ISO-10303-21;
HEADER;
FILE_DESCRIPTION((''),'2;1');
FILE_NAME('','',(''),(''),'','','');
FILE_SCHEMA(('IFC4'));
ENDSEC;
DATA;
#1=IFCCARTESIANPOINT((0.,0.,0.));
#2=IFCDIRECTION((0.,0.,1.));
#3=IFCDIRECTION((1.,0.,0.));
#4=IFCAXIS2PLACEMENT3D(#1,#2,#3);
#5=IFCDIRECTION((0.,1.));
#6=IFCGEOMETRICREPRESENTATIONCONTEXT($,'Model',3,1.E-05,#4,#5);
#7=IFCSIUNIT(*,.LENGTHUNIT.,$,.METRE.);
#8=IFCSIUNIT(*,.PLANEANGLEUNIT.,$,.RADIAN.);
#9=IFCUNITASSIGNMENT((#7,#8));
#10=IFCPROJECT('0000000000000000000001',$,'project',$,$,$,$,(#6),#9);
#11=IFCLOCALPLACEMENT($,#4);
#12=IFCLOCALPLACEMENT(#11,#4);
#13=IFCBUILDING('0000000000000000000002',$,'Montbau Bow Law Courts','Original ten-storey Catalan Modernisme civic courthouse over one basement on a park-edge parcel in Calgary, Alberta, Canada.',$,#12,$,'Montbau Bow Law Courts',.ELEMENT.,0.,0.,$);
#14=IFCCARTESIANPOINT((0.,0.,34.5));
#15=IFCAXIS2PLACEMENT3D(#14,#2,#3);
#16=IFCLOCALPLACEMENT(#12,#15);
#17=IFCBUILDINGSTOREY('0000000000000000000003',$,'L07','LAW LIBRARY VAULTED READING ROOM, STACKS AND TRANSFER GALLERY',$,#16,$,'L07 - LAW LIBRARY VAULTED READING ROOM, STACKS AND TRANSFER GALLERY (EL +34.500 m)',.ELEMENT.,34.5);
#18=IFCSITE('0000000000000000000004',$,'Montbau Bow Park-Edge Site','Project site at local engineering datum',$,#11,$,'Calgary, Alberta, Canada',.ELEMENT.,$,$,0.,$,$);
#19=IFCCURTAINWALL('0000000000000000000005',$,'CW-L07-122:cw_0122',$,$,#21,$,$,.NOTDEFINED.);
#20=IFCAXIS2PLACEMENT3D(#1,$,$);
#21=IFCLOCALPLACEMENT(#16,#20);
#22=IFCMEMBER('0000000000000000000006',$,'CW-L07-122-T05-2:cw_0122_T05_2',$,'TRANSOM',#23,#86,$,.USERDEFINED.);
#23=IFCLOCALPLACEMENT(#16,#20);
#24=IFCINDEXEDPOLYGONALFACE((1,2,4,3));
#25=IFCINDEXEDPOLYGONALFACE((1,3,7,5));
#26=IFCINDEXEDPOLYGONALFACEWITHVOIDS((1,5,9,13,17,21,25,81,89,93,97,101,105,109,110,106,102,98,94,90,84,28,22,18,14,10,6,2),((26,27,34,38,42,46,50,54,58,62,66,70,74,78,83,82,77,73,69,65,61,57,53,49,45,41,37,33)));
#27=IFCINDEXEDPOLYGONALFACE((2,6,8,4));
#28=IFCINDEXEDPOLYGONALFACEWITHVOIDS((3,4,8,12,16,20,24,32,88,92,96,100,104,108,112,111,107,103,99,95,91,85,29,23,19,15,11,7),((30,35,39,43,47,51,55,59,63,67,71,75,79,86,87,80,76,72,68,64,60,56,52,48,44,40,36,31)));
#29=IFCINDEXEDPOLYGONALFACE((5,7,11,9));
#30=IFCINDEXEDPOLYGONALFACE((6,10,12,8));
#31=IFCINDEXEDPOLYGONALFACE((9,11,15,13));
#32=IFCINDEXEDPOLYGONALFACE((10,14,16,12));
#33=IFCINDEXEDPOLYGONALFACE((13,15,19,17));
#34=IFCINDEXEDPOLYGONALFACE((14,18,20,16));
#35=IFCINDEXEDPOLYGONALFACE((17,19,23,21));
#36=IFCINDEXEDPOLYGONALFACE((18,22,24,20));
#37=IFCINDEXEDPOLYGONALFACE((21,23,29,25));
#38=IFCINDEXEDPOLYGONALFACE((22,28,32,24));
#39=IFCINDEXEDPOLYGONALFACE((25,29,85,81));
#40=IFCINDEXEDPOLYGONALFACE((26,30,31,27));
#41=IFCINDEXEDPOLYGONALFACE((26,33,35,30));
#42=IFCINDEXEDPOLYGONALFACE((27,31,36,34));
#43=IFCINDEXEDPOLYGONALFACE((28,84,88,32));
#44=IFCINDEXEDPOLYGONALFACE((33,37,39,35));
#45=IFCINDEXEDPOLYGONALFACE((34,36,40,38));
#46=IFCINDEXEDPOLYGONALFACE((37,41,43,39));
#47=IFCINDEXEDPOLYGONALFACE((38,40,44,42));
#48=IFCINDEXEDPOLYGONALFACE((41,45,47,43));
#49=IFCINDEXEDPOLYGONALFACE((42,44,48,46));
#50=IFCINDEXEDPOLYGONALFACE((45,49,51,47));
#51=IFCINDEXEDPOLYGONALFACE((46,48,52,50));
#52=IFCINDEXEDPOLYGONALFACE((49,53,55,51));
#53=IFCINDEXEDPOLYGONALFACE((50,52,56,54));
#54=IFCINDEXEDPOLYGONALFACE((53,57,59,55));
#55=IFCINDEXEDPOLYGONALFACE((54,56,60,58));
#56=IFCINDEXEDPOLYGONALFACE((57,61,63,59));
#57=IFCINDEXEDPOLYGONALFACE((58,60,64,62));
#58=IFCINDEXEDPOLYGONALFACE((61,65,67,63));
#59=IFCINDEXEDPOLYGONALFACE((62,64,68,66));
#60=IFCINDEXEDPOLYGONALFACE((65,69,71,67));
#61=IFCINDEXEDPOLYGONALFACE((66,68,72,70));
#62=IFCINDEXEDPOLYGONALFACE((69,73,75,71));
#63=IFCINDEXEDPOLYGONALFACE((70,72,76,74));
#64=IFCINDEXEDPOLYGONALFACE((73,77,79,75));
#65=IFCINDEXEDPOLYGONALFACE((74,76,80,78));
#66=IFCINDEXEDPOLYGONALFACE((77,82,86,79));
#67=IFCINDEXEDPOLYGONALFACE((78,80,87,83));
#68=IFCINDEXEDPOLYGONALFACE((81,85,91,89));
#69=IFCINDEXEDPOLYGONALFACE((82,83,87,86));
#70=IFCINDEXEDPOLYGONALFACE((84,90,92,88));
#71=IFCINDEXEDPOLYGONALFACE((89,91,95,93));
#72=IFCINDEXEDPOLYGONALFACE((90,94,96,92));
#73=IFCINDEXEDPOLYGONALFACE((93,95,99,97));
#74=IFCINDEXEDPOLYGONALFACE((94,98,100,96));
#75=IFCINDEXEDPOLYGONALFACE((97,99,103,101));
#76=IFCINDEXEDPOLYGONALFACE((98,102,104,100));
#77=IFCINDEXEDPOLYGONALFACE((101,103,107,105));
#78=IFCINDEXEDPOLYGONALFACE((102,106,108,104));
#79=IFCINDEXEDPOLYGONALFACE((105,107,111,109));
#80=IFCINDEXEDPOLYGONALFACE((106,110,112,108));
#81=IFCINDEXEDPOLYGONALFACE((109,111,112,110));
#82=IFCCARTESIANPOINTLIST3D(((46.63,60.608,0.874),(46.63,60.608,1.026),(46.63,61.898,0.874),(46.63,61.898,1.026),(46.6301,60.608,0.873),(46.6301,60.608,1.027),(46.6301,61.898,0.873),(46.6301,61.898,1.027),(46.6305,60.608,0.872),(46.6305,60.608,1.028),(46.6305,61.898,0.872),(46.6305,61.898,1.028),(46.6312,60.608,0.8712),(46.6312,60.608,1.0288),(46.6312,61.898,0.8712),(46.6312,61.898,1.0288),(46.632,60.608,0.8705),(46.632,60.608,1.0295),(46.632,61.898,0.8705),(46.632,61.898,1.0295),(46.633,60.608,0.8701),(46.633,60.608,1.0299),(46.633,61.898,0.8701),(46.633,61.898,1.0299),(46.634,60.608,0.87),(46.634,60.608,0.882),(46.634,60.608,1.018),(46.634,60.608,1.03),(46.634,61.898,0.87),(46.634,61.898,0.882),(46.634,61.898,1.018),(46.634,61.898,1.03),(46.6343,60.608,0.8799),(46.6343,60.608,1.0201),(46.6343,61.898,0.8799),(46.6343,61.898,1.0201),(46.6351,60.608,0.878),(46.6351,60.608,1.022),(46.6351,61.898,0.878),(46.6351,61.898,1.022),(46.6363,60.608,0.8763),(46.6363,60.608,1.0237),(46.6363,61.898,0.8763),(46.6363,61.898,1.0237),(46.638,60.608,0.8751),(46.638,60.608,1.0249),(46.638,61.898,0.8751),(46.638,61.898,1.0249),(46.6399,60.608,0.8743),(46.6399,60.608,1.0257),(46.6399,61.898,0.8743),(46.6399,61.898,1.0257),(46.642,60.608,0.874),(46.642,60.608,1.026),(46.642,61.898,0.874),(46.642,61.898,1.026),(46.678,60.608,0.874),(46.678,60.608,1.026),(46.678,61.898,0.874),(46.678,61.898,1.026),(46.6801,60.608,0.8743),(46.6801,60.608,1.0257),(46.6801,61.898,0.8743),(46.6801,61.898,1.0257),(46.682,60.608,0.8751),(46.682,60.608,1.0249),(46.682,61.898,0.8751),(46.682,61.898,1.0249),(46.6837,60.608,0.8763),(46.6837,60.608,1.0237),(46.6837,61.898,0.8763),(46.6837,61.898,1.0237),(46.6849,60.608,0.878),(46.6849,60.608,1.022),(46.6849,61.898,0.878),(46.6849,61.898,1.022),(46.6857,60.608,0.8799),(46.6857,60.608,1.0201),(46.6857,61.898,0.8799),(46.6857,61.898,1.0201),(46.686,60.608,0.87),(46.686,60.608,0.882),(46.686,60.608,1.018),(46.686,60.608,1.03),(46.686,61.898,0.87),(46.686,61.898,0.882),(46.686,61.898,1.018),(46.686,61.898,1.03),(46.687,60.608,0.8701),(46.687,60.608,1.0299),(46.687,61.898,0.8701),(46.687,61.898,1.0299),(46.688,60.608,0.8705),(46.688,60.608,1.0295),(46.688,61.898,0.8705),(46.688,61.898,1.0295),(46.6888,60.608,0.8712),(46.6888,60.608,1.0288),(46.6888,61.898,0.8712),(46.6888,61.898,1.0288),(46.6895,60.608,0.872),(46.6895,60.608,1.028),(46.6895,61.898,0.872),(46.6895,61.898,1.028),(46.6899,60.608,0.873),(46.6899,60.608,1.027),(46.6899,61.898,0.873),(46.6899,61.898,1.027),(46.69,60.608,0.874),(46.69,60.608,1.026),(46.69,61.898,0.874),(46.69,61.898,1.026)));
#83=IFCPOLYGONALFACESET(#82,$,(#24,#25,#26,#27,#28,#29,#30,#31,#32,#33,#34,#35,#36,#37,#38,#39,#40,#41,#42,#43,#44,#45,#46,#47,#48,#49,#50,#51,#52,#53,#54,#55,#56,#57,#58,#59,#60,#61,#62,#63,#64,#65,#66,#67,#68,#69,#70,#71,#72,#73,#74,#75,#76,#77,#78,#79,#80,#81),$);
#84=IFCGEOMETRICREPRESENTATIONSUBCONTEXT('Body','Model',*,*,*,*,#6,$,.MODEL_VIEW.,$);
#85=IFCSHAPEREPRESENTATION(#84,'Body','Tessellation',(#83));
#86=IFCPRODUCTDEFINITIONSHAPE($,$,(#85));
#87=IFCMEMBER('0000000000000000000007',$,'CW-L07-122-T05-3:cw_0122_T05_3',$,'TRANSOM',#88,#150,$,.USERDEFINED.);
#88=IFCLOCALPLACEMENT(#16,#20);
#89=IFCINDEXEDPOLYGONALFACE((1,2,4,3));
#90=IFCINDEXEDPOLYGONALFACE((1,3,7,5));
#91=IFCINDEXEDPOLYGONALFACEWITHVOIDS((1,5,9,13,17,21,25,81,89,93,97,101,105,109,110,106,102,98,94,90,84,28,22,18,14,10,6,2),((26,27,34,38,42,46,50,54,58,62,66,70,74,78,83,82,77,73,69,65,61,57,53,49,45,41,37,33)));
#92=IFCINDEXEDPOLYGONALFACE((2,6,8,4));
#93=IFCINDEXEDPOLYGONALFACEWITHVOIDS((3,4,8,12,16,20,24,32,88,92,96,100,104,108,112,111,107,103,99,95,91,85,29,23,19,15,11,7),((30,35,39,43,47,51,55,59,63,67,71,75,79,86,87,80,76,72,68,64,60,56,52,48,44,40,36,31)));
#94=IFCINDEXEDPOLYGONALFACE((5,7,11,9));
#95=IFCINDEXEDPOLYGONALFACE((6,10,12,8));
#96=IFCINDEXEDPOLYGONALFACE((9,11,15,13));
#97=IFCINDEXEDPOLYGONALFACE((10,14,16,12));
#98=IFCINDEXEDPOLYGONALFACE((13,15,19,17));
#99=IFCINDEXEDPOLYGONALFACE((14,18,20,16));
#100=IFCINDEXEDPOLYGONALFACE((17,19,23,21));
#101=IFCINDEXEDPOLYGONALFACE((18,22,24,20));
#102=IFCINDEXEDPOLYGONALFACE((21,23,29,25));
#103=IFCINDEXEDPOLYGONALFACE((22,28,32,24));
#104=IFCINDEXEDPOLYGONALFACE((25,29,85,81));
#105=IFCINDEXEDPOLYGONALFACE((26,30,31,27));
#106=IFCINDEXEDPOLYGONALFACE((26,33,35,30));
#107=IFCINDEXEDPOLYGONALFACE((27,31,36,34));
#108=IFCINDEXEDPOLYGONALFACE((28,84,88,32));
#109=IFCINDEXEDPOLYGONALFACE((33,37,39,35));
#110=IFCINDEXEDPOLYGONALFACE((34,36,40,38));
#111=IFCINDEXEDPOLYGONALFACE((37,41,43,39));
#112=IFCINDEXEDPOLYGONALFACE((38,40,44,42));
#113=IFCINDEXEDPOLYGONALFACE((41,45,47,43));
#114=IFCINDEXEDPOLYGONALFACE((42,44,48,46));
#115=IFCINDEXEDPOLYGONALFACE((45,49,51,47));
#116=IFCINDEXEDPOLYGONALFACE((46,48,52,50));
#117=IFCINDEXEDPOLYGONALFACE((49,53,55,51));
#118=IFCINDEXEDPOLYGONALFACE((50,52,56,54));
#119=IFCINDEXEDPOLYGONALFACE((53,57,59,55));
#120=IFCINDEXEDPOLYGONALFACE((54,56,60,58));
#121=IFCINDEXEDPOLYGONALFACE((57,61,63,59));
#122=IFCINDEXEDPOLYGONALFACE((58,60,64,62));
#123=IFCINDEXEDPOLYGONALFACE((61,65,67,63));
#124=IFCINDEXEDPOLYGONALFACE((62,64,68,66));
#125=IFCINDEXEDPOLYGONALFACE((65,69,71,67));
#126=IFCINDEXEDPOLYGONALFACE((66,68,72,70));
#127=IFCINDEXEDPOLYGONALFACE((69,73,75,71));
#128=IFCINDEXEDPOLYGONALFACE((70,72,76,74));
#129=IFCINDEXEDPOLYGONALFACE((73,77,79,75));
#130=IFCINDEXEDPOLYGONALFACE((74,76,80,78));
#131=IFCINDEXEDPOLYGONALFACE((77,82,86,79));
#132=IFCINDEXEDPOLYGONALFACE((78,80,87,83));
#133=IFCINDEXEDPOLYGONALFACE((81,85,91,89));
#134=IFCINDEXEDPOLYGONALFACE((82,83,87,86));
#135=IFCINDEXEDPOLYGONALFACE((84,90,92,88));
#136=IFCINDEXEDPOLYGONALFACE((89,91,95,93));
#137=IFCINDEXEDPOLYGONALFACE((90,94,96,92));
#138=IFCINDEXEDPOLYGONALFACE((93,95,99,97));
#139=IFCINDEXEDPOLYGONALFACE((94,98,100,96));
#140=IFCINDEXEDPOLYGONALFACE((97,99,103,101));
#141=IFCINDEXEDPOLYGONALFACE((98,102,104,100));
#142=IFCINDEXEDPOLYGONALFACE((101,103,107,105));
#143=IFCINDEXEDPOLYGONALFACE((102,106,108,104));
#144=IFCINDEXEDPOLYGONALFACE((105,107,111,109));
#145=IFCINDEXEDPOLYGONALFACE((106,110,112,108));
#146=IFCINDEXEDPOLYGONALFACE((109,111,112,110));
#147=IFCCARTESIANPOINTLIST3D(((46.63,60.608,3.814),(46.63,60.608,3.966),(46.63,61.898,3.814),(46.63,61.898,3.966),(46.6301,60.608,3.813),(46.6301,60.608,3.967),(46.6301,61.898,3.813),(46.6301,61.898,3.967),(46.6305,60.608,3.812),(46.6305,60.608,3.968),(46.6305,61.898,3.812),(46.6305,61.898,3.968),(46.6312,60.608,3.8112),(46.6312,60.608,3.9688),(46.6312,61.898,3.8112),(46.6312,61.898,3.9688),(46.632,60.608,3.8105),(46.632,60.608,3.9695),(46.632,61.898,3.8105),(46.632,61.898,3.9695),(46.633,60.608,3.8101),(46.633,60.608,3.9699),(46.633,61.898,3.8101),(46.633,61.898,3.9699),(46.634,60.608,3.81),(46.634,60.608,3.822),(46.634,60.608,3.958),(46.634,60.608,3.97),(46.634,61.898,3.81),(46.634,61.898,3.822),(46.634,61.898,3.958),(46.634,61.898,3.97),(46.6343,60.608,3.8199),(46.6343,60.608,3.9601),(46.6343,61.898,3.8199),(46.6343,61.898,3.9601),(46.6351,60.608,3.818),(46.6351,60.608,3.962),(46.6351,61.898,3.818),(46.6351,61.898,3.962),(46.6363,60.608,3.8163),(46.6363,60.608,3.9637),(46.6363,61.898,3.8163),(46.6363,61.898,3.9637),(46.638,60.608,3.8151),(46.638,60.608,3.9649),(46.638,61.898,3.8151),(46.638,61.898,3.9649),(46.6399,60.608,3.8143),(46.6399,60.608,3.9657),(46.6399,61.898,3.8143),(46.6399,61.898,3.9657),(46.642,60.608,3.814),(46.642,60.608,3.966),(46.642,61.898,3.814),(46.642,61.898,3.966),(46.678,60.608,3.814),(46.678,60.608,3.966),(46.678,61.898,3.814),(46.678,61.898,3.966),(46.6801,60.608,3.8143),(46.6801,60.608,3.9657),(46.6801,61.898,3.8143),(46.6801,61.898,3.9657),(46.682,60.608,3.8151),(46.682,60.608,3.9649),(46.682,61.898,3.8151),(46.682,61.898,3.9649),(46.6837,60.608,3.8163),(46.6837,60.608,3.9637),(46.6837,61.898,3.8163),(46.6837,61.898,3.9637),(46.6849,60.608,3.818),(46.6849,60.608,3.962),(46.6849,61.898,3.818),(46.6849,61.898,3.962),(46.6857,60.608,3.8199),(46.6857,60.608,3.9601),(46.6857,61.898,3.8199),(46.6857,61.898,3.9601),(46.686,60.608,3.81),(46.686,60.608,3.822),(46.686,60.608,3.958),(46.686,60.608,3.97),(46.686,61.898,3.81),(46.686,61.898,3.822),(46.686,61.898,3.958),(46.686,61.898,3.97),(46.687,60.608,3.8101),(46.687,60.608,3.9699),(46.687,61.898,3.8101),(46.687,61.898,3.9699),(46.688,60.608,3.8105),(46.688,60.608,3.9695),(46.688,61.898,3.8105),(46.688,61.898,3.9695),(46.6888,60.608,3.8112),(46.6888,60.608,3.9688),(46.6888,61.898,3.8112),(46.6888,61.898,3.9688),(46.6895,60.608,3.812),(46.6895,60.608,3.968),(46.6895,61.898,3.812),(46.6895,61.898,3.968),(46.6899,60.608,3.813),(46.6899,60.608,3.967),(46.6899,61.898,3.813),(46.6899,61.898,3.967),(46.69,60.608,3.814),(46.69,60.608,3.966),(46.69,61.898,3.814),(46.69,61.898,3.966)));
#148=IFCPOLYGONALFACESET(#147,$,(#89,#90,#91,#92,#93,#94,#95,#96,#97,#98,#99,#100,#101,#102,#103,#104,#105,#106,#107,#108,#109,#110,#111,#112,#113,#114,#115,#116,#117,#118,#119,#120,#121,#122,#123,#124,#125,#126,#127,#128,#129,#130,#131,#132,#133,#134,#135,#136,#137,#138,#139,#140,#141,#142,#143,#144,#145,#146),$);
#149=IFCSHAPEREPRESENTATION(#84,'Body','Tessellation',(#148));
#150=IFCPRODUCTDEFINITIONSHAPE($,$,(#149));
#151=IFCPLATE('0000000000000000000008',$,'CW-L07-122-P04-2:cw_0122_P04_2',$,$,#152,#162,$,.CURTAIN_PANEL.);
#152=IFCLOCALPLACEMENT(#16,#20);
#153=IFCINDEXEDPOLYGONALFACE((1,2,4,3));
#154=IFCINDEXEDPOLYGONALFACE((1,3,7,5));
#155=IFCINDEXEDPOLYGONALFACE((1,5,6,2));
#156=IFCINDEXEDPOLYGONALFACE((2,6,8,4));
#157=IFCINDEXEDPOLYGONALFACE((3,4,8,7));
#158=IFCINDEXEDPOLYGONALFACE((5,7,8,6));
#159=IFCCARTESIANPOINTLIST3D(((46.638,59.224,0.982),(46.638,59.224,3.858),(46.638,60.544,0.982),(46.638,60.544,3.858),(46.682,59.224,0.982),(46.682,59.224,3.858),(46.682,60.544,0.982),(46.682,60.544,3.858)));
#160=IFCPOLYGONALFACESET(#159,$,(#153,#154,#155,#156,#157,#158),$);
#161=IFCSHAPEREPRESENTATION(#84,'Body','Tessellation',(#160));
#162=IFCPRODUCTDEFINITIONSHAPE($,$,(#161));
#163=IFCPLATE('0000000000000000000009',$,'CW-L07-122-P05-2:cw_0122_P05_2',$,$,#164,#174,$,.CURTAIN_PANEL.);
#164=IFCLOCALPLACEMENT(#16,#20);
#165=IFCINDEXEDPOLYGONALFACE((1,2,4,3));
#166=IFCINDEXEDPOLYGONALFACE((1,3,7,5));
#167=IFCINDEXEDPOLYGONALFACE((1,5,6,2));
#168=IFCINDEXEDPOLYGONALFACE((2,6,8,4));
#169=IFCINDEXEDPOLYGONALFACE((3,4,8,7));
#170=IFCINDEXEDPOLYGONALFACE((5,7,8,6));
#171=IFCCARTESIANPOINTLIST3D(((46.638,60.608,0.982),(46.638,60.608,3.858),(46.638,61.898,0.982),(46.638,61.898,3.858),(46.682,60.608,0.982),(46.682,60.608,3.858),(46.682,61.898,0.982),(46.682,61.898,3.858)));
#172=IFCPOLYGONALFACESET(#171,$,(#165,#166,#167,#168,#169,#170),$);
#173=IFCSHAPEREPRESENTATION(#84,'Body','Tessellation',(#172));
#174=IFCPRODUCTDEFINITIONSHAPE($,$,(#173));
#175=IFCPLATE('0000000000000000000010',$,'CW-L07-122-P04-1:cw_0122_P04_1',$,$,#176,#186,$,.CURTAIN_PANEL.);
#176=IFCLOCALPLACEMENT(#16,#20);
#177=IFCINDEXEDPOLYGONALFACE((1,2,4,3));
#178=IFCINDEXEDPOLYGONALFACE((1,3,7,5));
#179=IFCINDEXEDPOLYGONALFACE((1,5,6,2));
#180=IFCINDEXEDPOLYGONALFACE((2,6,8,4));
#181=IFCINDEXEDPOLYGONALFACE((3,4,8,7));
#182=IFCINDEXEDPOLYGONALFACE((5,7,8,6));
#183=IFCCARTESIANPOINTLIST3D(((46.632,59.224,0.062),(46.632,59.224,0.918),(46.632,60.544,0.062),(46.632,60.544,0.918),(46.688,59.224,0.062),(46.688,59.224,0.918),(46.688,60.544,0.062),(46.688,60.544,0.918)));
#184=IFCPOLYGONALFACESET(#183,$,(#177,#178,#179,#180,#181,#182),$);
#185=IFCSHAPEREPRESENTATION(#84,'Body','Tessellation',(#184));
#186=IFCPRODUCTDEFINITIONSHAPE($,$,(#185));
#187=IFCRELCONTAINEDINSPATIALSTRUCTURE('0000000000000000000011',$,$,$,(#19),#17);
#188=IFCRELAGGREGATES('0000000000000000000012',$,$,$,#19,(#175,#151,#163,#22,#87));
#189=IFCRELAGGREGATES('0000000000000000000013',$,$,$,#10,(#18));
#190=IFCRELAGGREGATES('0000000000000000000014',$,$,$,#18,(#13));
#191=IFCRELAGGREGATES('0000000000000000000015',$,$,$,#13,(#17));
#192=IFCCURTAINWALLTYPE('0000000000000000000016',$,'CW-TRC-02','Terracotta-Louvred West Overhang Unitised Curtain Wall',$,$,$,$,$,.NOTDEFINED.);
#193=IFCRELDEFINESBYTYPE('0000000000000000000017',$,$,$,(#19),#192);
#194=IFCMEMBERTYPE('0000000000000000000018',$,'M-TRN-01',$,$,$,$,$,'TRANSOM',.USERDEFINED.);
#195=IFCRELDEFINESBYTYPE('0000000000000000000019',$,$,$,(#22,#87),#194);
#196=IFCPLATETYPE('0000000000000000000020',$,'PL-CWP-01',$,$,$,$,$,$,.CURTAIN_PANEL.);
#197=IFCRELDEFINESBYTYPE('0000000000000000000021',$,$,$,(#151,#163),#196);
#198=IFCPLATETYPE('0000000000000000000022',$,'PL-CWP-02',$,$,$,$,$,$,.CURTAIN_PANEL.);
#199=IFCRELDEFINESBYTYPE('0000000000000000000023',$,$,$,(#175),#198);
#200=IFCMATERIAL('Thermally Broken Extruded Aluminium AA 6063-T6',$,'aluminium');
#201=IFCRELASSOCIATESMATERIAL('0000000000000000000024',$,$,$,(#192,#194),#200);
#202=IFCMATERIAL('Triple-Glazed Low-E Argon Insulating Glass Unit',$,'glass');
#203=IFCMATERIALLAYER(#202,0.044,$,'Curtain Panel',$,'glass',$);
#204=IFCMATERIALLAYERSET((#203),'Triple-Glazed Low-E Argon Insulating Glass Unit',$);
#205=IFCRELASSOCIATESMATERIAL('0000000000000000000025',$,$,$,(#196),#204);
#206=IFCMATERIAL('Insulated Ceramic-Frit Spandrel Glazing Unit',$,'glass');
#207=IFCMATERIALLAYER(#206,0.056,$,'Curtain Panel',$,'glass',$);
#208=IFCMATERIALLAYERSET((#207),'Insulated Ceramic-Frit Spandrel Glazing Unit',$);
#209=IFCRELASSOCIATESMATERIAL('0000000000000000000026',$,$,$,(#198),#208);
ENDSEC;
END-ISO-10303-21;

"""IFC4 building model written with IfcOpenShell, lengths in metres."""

from ifc_helpers import new_model, si_unit, direction, frame, frame_2d, origin_with_axes, origin_2d_with_axis, place, context, subcontext, project, spatial, rectangle, hollow_rectangle, extrude, material, layer, layer_set, material_profile, profile_set, type_object, element, aggregate, save


model = new_model("IFC4")

# Units and contexts
model_context = context("Model", 3, precision=1e-05, world=origin_with_axes(), true_north=direction((0.0, 1.0)))
body_context = subcontext(model_context, "Body", "Model", "MODEL_VIEW")
ifc_project = project(units=[si_unit("LENGTHUNIT", "METRE"), si_unit("PLANEANGLEUNIT", "RADIAN")], contexts=[model_context])

# Site, building, storey
site_placement = place(None, origin_with_axes())
site = spatial("IfcSite", under=ifc_project, at=site_placement, Name="Montbau Bow Park-Edge Site", Description="Project site at local engineering datum", LongName="Calgary, Alberta, Canada", CompositionType="ELEMENT", RefElevation=0.0)
building_placement = place(site_placement, origin_with_axes())
building = spatial("IfcBuilding", under=site, at=building_placement, Name="Montbau Bow Law Courts", Description="Original ten-storey Catalan Modernisme civic courthouse over one basement on a park-edge parcel in Calgary, Alberta, Canada.", LongName="Montbau Bow Law Courts", CompositionType="ELEMENT", ElevationOfRefHeight=0.0, ElevationOfTerrain=0.0)
storey_placement = place(building_placement, frame((0.0, 0.0, 34.5), z_axis=(0.0, 0.0, 1.0), x_axis=(1.0, 0.0, 0.0)))
storey = spatial("IfcBuildingStorey", under=building, at=storey_placement, Name="L07", Description="LAW LIBRARY VAULTED READING ROOM, STACKS AND TRANSFER GALLERY", LongName="L07 - LAW LIBRARY VAULTED READING ROOM, STACKS AND TRANSFER GALLERY (EL +34.500 m)", CompositionType="ELEMENT", Elevation=34.5)

# Curtain wall, members, plates
ifc_material_1 = material(Name="Thermally Broken Extruded Aluminium AA 6063-T6", Category="aluminium")
curtain_wall_type = type_object("IfcCurtainWallType", Name="CW-TRC-02", Description="Terracotta-Louvred West Overhang Unitised Curtain Wall", PredefinedType="NOTDEFINED", material=ifc_material_1)
curtain_wall_placement = place(None, frame((46.66, 55.04, 34.5), z_axis=(0.0, 0.0, 1.0), x_axis=(1.0, 0.0, 0.0)))
curtain_wall = element("IfcCurtainWall", 1, at=curtain_wall_placement, inside=storey, type_object=curtain_wall_type, Name="CW-L07-122:cw_0122", PredefinedType="NOTDEFINED")
ifc_material_profile_1 = material_profile(ifc_material_1, hollow_rectangle(XDim=0.06, YDim=0.16, WallThickness=0.004, InnerFilletRadius=0.008, OuterFilletRadius=0.004, at=origin_2d_with_axis()), Name="CWT-160X60", Category="Main", Priority=0)
ifc_profile_set_1 = profile_set([ifc_material_profile_1], Name="Thermally Broken Extruded Aluminium AA 6063-T6")
member_type_1 = type_object("IfcMemberType", Name="M-TRN-01", ElementType="TRANSOM", PredefinedType="USERDEFINED", material=ifc_profile_set_1)
member_1_placement = place(None, frame((46.66, 60.608, 35.45), z_axis=(0.0, 1.0, 0.0), x_axis=(-1.0, 0.0, 0.0)))
member_1 = element("IfcMember", 2, at=member_1_placement, type_object=member_type_1, Name="CW-L07-122-T05-2:cw_0122_T05_2", ObjectType="TRANSOM", PredefinedType="USERDEFINED", context=body_context, shape_type="SweptSolid", body=[
    extrude(hollow_rectangle(XDim=0.06, YDim=0.16, WallThickness=0.004, InnerFilletRadius=0.008, OuterFilletRadius=0.004, at=origin_2d_with_axis()), origin_with_axes(), (0.0, 0.0, 1.0), 1.29),
])
member_2_placement = place(None, frame((46.66, 60.608, 38.39), z_axis=(0.0, 1.0, 0.0), x_axis=(-1.0, 0.0, 0.0)))
member_2 = element("IfcMember", 3, at=member_2_placement, type_object=member_type_1, Name="CW-L07-122-T05-3:cw_0122_T05_3", ObjectType="TRANSOM", PredefinedType="USERDEFINED", context=body_context, shape_type="SweptSolid", body=[
    extrude(hollow_rectangle(XDim=0.06, YDim=0.16, WallThickness=0.004, InnerFilletRadius=0.008, OuterFilletRadius=0.004, at=origin_2d_with_axis()), origin_with_axes(), (0.0, 0.0, 1.0), 1.29),
])
ifc_material_2 = material(Name="Triple-Glazed Low-E Argon Insulating Glass Unit", Category="glass")
ifc_layer_1 = layer(ifc_material_2, 0.044, Name="Curtain Panel", Category="glass")
ifc_layer_set_1 = layer_set([ifc_layer_1], Name="Triple-Glazed Low-E Argon Insulating Glass Unit")
plate_type_1 = type_object("IfcPlateType", Name="PL-CWP-01", PredefinedType="CURTAIN_PANEL", material=ifc_layer_set_1)
plate_1_placement = place(None, frame((46.66, 59.224, 35.482), z_axis=(1.0, 0.0, 0.0), x_axis=(0.0, 1.0, 0.0)))
plate_1 = element("IfcPlate", 4, at=plate_1_placement, type_object=plate_type_1, Name="CW-L07-122-P04-2:cw_0122_P04_2", PredefinedType="CURTAIN_PANEL", context=body_context, shape_type="SweptSolid", body=[
    extrude(rectangle(XDim=1.32, YDim=2.876, at=frame_2d((0.66, 1.438), x_axis=(1.0, 0.0))), frame((0.0, 0.0, -0.022), z_axis=(0.0, 0.0, 1.0), x_axis=(1.0, 0.0, 0.0)), (0.0, 0.0, 1.0), 0.044),
])
plate_2_placement = place(None, frame((46.66, 60.608, 35.482), z_axis=(1.0, 0.0, 0.0), x_axis=(0.0, 1.0, 0.0)))
plate_2 = element("IfcPlate", 5, at=plate_2_placement, type_object=plate_type_1, Name="CW-L07-122-P05-2:cw_0122_P05_2", PredefinedType="CURTAIN_PANEL", context=body_context, shape_type="SweptSolid", body=[
    extrude(rectangle(XDim=1.29, YDim=2.876, at=frame_2d((0.645, 1.438), x_axis=(1.0, 0.0))), frame((0.0, 0.0, -0.022), z_axis=(0.0, 0.0, 1.0), x_axis=(1.0, 0.0, 0.0)), (0.0, 0.0, 1.0), 0.044),
])
ifc_material_3 = material(Name="Insulated Ceramic-Frit Spandrel Glazing Unit", Category="glass")
ifc_layer_2 = layer(ifc_material_3, 0.056, Name="Curtain Panel", Category="glass")
ifc_layer_set_2 = layer_set([ifc_layer_2], Name="Insulated Ceramic-Frit Spandrel Glazing Unit")
plate_type_2 = type_object("IfcPlateType", Name="PL-CWP-02", PredefinedType="CURTAIN_PANEL", material=ifc_layer_set_2)
plate_3_placement = place(None, frame((46.66, 59.224, 34.562), z_axis=(1.0, 0.0, 0.0), x_axis=(0.0, 1.0, 0.0)))
plate_3 = element("IfcPlate", 6, at=plate_3_placement, type_object=plate_type_2, Name="CW-L07-122-P04-1:cw_0122_P04_1", PredefinedType="CURTAIN_PANEL", context=body_context, shape_type="SweptSolid", body=[
    extrude(rectangle(XDim=1.32, YDim=0.856, at=frame_2d((0.66, 0.428), x_axis=(1.0, 0.0))), frame((0.0, 0.0, -0.028), z_axis=(0.0, 0.0, 1.0), x_axis=(1.0, 0.0, 0.0)), (0.0, 0.0, 1.0), 0.056),
])
aggregate(curtain_wall, [plate_3, plate_1, plate_2, member_1, member_2])

save(model, "model.ifc")
